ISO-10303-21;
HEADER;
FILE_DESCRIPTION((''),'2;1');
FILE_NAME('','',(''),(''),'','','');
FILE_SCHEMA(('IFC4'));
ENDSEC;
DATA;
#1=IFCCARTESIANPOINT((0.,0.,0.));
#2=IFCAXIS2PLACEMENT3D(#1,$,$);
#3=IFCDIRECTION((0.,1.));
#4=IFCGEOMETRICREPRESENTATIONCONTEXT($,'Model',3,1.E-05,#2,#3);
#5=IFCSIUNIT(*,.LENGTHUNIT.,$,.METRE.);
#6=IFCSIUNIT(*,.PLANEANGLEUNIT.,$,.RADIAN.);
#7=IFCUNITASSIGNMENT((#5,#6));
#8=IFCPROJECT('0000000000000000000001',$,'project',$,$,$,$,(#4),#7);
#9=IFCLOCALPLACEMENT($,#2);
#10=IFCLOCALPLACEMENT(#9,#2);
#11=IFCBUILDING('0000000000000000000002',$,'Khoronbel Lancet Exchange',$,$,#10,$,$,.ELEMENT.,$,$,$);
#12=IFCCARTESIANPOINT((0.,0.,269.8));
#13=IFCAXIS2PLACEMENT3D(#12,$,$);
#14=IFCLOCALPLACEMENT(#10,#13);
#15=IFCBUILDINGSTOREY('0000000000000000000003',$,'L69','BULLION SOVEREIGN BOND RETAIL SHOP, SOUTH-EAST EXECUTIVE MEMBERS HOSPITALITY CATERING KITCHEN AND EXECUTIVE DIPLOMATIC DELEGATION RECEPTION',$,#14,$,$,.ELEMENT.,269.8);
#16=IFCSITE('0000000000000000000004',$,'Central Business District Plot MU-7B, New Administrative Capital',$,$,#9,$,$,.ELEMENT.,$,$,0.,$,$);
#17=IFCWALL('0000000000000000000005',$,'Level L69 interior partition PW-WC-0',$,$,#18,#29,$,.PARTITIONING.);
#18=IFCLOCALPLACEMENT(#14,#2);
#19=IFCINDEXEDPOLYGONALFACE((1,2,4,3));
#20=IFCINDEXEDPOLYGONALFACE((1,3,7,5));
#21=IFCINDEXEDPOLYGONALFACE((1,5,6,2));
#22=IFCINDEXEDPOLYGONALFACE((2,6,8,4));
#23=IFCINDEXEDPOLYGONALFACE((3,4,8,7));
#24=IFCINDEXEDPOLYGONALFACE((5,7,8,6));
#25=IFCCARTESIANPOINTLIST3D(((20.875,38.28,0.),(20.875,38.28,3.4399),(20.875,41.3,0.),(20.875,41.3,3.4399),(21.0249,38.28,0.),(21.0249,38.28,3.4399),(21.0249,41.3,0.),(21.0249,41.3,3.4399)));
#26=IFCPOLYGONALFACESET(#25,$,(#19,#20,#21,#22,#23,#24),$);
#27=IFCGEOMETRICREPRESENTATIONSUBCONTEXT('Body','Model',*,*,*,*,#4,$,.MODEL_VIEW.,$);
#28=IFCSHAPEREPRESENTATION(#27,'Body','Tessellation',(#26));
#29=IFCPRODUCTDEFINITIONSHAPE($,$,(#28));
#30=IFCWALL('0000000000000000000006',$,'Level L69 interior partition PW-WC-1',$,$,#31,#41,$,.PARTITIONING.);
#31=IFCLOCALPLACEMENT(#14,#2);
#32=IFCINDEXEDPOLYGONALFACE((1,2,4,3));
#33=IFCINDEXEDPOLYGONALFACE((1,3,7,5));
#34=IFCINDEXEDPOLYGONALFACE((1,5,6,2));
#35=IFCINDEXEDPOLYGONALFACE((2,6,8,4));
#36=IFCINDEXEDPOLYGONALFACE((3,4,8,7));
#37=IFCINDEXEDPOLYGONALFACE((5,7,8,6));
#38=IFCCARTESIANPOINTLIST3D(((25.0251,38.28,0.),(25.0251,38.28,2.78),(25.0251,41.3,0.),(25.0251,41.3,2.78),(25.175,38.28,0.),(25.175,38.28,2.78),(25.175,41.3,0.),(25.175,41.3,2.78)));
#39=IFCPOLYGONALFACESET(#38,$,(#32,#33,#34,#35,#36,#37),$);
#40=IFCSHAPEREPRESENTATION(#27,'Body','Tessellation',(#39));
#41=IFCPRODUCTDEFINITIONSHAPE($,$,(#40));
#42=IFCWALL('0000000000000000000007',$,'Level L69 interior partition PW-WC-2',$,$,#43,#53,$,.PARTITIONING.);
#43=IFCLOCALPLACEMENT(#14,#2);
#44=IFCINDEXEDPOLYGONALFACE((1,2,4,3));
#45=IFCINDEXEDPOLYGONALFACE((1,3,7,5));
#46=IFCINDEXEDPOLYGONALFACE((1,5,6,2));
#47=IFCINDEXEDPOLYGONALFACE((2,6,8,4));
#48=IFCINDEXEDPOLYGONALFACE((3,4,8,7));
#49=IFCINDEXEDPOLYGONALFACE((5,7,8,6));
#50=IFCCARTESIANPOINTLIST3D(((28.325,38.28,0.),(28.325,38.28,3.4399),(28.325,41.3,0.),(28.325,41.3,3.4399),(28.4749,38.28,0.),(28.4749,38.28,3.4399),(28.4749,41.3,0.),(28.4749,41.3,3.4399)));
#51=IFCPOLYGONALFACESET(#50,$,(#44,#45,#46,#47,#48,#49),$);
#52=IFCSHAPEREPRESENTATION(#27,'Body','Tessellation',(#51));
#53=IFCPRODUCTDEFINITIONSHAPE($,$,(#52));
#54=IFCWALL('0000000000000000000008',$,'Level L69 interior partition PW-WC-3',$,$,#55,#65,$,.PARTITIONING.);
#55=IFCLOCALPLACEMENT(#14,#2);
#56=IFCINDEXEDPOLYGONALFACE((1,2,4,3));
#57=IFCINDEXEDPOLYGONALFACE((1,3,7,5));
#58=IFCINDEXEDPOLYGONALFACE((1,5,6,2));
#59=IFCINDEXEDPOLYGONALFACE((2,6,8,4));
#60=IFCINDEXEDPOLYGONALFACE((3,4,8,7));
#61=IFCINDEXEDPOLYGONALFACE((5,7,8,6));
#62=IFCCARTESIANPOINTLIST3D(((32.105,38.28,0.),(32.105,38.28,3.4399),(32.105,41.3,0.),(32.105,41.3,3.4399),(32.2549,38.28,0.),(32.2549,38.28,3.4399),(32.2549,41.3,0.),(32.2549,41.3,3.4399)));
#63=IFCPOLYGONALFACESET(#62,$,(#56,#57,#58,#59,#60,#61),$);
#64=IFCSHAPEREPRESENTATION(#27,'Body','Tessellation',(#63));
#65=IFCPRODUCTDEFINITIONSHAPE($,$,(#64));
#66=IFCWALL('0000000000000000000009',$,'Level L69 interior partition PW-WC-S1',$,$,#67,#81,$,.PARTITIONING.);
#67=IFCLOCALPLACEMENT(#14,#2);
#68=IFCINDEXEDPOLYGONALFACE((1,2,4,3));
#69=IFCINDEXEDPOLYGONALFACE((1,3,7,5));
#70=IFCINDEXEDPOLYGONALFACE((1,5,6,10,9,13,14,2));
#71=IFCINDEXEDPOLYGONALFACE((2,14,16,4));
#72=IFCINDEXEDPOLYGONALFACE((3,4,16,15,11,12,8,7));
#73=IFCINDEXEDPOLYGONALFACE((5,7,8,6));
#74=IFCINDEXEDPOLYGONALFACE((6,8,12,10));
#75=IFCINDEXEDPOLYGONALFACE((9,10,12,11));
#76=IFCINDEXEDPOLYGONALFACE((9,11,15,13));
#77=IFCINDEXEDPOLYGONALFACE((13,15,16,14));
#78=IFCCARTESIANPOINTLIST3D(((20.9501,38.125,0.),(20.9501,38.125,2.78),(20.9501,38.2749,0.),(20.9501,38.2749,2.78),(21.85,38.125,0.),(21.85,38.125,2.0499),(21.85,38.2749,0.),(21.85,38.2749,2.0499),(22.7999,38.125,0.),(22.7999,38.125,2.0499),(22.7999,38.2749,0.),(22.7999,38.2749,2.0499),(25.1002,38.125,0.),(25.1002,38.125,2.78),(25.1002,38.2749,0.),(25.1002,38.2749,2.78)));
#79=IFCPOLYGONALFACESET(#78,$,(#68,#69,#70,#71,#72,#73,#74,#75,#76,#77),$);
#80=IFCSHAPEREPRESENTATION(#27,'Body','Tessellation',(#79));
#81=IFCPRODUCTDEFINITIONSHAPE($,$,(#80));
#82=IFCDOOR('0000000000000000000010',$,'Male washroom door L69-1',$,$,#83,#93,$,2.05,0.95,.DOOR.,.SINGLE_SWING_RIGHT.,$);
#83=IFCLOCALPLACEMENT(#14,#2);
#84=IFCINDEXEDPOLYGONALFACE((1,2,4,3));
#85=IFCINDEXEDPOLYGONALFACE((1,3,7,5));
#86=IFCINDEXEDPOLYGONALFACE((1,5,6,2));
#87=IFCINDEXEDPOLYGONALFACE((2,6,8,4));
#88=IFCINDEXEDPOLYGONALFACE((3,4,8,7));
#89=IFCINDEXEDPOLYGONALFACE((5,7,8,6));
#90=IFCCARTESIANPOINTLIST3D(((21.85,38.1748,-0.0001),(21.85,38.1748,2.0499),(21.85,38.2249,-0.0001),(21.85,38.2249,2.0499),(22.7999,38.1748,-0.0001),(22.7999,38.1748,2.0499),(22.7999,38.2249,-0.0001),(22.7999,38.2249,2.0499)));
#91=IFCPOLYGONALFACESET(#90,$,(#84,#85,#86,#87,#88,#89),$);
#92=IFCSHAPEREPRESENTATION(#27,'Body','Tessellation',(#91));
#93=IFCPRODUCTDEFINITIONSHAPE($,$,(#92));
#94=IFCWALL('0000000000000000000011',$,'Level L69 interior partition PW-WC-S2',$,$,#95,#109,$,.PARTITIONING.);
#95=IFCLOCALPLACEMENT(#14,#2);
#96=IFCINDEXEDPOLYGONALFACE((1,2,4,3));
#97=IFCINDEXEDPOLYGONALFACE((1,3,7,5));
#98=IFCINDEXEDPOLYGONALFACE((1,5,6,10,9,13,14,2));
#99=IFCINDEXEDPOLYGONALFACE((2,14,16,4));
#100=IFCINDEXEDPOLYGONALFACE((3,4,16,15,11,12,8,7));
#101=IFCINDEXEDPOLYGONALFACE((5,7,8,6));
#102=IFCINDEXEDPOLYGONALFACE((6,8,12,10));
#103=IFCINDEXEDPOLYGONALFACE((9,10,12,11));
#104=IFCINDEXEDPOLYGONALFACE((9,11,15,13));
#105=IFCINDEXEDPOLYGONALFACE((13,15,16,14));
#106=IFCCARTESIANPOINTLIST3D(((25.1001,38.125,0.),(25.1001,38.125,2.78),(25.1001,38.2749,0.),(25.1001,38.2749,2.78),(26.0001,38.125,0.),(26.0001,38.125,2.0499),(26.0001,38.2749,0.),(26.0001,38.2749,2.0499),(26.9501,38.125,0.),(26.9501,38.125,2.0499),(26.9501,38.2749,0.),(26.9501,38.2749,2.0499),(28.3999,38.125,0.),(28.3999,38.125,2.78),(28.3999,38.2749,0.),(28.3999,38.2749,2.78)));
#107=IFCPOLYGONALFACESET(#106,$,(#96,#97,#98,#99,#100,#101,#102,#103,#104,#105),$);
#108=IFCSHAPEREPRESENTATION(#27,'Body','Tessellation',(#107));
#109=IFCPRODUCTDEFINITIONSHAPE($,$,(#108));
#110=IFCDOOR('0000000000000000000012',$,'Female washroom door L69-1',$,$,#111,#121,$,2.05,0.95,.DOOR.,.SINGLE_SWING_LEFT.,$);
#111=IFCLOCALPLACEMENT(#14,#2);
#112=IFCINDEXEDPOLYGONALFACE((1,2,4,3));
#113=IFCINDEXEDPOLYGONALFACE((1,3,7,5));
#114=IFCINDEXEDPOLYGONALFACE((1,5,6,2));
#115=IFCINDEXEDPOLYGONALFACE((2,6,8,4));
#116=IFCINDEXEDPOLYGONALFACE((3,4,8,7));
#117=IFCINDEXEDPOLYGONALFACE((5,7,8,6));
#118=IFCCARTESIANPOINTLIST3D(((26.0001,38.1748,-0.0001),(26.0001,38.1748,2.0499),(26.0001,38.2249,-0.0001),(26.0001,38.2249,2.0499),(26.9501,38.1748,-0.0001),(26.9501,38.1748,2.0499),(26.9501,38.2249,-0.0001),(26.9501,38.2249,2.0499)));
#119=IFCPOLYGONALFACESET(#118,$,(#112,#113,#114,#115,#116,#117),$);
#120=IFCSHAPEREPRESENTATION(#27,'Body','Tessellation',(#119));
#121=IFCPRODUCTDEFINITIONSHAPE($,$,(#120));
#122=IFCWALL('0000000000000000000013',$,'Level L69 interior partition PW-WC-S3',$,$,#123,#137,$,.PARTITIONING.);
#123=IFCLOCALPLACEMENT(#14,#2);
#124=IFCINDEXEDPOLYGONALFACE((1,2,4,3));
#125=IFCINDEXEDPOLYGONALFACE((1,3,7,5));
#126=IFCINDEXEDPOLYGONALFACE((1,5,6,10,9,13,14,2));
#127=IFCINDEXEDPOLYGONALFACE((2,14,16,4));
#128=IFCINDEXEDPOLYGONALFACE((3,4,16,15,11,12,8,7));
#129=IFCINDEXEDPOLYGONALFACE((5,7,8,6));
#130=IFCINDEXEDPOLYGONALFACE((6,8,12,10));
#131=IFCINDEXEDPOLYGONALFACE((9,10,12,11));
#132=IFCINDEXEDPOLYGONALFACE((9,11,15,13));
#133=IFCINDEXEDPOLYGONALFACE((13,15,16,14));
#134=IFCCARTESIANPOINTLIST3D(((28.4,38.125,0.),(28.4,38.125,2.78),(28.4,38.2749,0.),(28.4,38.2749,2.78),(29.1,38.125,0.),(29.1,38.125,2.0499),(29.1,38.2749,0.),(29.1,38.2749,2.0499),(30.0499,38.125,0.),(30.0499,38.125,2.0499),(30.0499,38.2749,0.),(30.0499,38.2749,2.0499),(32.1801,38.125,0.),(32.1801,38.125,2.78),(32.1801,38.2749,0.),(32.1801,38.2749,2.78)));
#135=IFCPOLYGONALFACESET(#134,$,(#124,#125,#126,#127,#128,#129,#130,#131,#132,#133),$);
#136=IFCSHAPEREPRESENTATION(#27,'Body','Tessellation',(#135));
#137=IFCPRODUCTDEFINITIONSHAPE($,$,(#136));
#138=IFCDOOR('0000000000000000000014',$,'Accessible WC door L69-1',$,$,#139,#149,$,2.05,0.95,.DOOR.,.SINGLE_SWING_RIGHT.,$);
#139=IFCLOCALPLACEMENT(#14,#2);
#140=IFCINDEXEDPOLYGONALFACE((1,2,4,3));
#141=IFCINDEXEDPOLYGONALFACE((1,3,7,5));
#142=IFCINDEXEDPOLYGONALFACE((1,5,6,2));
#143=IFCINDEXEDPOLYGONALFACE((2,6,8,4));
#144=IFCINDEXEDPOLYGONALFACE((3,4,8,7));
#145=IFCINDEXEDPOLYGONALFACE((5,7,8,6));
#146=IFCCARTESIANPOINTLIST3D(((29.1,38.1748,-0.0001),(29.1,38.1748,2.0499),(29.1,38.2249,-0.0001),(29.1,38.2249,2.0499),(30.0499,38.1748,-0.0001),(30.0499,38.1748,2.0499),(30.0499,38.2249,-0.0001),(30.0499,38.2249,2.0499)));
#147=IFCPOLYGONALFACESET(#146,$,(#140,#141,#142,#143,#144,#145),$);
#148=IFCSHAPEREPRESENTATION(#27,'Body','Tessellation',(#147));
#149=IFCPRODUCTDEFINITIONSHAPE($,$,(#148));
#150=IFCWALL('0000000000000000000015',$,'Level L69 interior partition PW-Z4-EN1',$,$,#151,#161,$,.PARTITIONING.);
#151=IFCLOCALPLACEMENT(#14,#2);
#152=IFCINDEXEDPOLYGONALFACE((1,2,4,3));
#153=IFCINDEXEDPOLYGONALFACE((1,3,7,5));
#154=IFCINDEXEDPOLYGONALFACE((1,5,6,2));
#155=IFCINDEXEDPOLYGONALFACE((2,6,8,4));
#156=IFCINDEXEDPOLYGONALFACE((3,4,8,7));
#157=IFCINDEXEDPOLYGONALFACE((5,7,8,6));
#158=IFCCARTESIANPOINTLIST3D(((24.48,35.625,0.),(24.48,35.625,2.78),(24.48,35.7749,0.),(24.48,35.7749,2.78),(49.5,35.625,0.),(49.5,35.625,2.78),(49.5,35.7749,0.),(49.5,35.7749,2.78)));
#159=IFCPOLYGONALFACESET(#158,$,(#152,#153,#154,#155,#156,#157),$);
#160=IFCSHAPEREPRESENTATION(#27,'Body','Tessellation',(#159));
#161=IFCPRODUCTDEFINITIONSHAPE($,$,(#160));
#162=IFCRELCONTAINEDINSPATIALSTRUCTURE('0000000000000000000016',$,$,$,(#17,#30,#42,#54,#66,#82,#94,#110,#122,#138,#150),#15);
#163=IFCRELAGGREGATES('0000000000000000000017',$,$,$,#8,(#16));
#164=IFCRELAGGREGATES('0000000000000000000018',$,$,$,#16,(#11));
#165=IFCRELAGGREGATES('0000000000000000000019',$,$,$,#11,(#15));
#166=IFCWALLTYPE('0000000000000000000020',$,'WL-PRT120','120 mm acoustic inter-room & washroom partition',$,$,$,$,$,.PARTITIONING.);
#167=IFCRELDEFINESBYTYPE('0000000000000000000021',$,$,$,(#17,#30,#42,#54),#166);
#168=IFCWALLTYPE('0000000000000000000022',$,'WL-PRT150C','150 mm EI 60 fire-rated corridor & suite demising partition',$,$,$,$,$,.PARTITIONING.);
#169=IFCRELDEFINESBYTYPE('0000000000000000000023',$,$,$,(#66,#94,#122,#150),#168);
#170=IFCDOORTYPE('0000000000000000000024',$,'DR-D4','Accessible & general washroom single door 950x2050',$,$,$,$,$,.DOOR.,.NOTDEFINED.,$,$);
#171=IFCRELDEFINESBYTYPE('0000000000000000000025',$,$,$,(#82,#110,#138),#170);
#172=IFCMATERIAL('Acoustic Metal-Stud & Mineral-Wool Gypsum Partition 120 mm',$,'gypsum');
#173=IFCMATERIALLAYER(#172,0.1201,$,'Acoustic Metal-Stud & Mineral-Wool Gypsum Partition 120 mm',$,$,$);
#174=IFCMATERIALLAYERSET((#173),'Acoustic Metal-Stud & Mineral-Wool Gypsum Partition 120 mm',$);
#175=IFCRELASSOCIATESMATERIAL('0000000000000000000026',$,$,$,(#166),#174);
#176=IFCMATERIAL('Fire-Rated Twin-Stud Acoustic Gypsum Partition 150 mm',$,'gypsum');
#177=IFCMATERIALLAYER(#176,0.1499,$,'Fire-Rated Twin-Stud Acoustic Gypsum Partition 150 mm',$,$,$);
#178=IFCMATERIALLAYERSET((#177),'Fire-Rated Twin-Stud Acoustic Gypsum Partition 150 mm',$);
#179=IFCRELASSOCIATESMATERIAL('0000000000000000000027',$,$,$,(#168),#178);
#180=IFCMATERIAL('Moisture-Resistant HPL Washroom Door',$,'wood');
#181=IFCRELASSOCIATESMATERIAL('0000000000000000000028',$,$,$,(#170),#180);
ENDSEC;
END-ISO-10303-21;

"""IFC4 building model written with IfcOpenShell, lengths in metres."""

from ifc_helpers import new_model, si_unit, direction, frame, frame_2d, origin, place, context, subcontext, project, spatial, rectangle, extrude, material, layer, layer_set, type_object, element, fill, save


model = new_model("IFC4")

# Units and contexts
model_context = context("Model", 3, precision=1e-05, world=origin(), true_north=direction((0.0, 1.0)))
body_context = subcontext(model_context, "Body", "Model", "MODEL_VIEW")
ifc_project = project(units=[si_unit("LENGTHUNIT", "METRE"), si_unit("PLANEANGLEUNIT", "RADIAN")], contexts=[model_context])

# Site, building, storey
site_placement = place(None, origin())
site = spatial("IfcSite", under=ifc_project, at=site_placement, Name="Central Business District Plot MU-7B, New Administrative Capital", CompositionType="ELEMENT", RefElevation=0.0)
building_placement = place(site_placement, origin())
building = spatial("IfcBuilding", under=site, at=building_placement, Name="Khoronbel Lancet Exchange", CompositionType="ELEMENT")
storey_placement = place(building_placement, frame((0.0, 0.0, 269.8)))
storey = spatial("IfcBuildingStorey", under=building, at=storey_placement, Name="L69", Description="BULLION SOVEREIGN BOND RETAIL SHOP, SOUTH-EAST EXECUTIVE MEMBERS HOSPITALITY CATERING KITCHEN AND EXECUTIVE DIPLOMATIC DELEGATION RECEPTION", CompositionType="ELEMENT", Elevation=269.8)

# Walls
ifc_material_1 = material(Name="Acoustic Metal-Stud & Mineral-Wool Gypsum Partition 120 mm", Category="gypsum")
ifc_layer_1 = layer(ifc_material_1, 0.1201, Name="Acoustic Metal-Stud & Mineral-Wool Gypsum Partition 120 mm")
ifc_layer_set_1 = layer_set([ifc_layer_1], Name="Acoustic Metal-Stud & Mineral-Wool Gypsum Partition 120 mm")
wall_type_1 = type_object("IfcWallType", Name="WL-PRT120", Description="120 mm acoustic inter-room & washroom partition", PredefinedType="PARTITIONING", material=ifc_layer_set_1)
wall_1_placement = place(storey_placement, frame((20.95, 38.28, 0.0), z_axis=(0.0, 0.0, 1.0), x_axis=(0.0, 1.0, 0.0)))
element("IfcWall", 1, at=wall_1_placement, inside=storey, type_object=wall_type_1, Name="Level L69 interior partition PW-WC-0", PredefinedType="PARTITIONING", context=body_context, shape_type="SweptSolid", body=[
    extrude(rectangle(XDim=3.02, YDim=0.1499, at=frame_2d((1.51, 0.0))), origin(), (0.0, 0.0, 1.0), 3.4399),
])
wall_2_placement = place(storey_placement, frame((25.1001, 38.28, 0.0), z_axis=(0.0, 0.0, 1.0), x_axis=(0.0, 1.0, 0.0)))
element("IfcWall", 2, at=wall_2_placement, inside=storey, type_object=wall_type_1, Name="Level L69 interior partition PW-WC-1", PredefinedType="PARTITIONING", context=body_context, shape_type="SweptSolid", body=[
    extrude(rectangle(XDim=3.02, YDim=0.1499, at=frame_2d((1.51, 0.0))), origin(), (0.0, 0.0, 1.0), 2.78),
])
for number, where, z_axis, x_axis, name in (
    (3, (28.3999, 38.28, 0.0), (0.0, 0.0, 1.0), (0.0, 1.0, 0.0), "Level L69 interior partition PW-WC-2"),
    (4, (32.1799, 38.28, 0.0), (0.0, 0.0, 1.0), (0.0, 1.0, 0.0), "Level L69 interior partition PW-WC-3"),
):
    element("IfcWall", number, at=place(storey_placement, frame(where, z_axis=z_axis, x_axis=x_axis)), inside=storey, type_object=wall_type_1, Name=name, PredefinedType="PARTITIONING", context=body_context, shape_type="SweptSolid", body=[
        extrude(rectangle(XDim=3.02, YDim=0.1499, at=frame_2d((1.51, 0.0))), origin(), (0.0, 0.0, 1.0), 3.4399),
    ])

# Walls, openings, doors
ifc_material_2 = material(Name="Fire-Rated Twin-Stud Acoustic Gypsum Partition 150 mm", Category="gypsum")
ifc_layer_2 = layer(ifc_material_2, 0.1499, Name="Fire-Rated Twin-Stud Acoustic Gypsum Partition 150 mm")
ifc_layer_set_2 = layer_set([ifc_layer_2], Name="Fire-Rated Twin-Stud Acoustic Gypsum Partition 150 mm")
wall_type_2 = type_object("IfcWallType", Name="WL-PRT150C", Description="150 mm EI 60 fire-rated corridor & suite demising partition", PredefinedType="PARTITIONING", material=ifc_layer_set_2)
wall_3_placement = place(storey_placement, frame((20.95, 38.2, 0.0), z_axis=(0.0, 0.0, 1.0), x_axis=(1.0, 0.0, 0.0)))
wall_3 = element("IfcWall", 5, at=wall_3_placement, inside=storey, type_object=wall_type_2, Name="Level L69 interior partition PW-WC-S1", PredefinedType="PARTITIONING", context=body_context, shape_type="SweptSolid", body=[
    extrude(rectangle(XDim=4.1501, YDim=0.1499, at=frame_2d((2.0752, 0.0))), origin(), (0.0, 0.0, 1.0), 2.78),
])
opening_1_placement = place(wall_3_placement, frame((0.8999, 0.0, 0.0)))
opening_1 = element("IfcOpeningElement", 6, at=opening_1_placement, cuts=wall_3, PredefinedType="OPENING", context=body_context, shape_type="SweptSolid", body=[
    extrude(rectangle(XDim=0.95, YDim=2.05, at=frame_2d((0.4751, 1.0249))), frame((0.0, 0.085, 0.0), z_axis=(0.0, -1.0, 0.0), x_axis=(1.0, 0.0, 0.0)), (0.0, 0.0, 1.0), 0.1699),
])
ifc_material_3 = material(Name="Moisture-Resistant HPL Washroom Door", Category="wood")
door_type_1 = type_object("IfcDoorType", Name="DR-D4", Description="Accessible & general washroom single door 950x2050", OperationType="NOTDEFINED", PredefinedType="DOOR", material=ifc_material_3)
door_1_placement = place(opening_1_placement, origin())
door_1 = element("IfcDoor", 7, at=door_1_placement, inside=storey, type_object=door_type_1, Name="Male washroom door L69-1", OperationType="SINGLE_SWING_RIGHT", OverallHeight=2.05, OverallWidth=0.95, PredefinedType="DOOR", context=body_context, shape_type="SweptSolid", body=[
    extrude(rectangle(XDim=0.95, YDim=2.05, at=frame_2d((0.4751, 1.0249))), frame((0.0, 0.0249, 0.0), z_axis=(0.0, -1.0, 0.0), x_axis=(1.0, 0.0, 0.0)), (0.0, 0.0, 1.0), 0.05),
])
fill(opening_1, door_1)
wall_4_placement = place(storey_placement, frame((25.1001, 38.2, 0.0), z_axis=(0.0, 0.0, 1.0), x_axis=(1.0, 0.0, 0.0)))
wall_4 = element("IfcWall", 8, at=wall_4_placement, inside=storey, type_object=wall_type_2, Name="Level L69 interior partition PW-WC-S2", PredefinedType="PARTITIONING", context=body_context, shape_type="SweptSolid", body=[
    extrude(rectangle(XDim=3.2998, YDim=0.1499, at=frame_2d((1.6499, 0.0))), origin(), (0.0, 0.0, 1.0), 2.78),
])
opening_2_placement = place(wall_4_placement, frame((0.8999, 0.0, 0.0)))
opening_2 = element("IfcOpeningElement", 9, at=opening_2_placement, cuts=wall_4, PredefinedType="OPENING", context=body_context, shape_type="SweptSolid", body=[
    extrude(rectangle(XDim=0.95, YDim=2.05, at=frame_2d((0.4751, 1.0249))), frame((0.0, 0.085, 0.0), z_axis=(0.0, -1.0, 0.0), x_axis=(1.0, 0.0, 0.0)), (0.0, 0.0, 1.0), 0.1699),
])
door_2_placement = place(opening_2_placement, origin())
door_2 = element("IfcDoor", 10, at=door_2_placement, inside=storey, type_object=door_type_1, Name="Female washroom door L69-1", OperationType="SINGLE_SWING_LEFT", OverallHeight=2.05, OverallWidth=0.95, PredefinedType="DOOR", context=body_context, shape_type="SweptSolid", body=[
    extrude(rectangle(XDim=0.95, YDim=2.05, at=frame_2d((0.4751, 1.0249))), frame((0.0, 0.0249, 0.0), z_axis=(0.0, -1.0, 0.0), x_axis=(1.0, 0.0, 0.0)), (0.0, 0.0, 1.0), 0.05),
])
fill(opening_2, door_2)
wall_5_placement = place(storey_placement, frame((28.3999, 38.2, 0.0), z_axis=(0.0, 0.0, 1.0), x_axis=(1.0, 0.0, 0.0)))
wall_5 = element("IfcWall", 11, at=wall_5_placement, inside=storey, type_object=wall_type_2, Name="Level L69 interior partition PW-WC-S3", PredefinedType="PARTITIONING", context=body_context, shape_type="SweptSolid", body=[
    extrude(rectangle(XDim=3.78, YDim=0.1499, at=frame_2d((1.8901, 0.0))), origin(), (0.0, 0.0, 1.0), 2.78),
])
opening_3_placement = place(wall_5_placement, frame((0.7, 0.0, 0.0)))
opening_3 = element("IfcOpeningElement", 12, at=opening_3_placement, cuts=wall_5, PredefinedType="OPENING", context=body_context, shape_type="SweptSolid", body=[
    extrude(rectangle(XDim=0.95, YDim=2.05, at=frame_2d((0.4751, 1.0249))), frame((0.0, 0.085, 0.0), z_axis=(0.0, -1.0, 0.0), x_axis=(1.0, 0.0, 0.0)), (0.0, 0.0, 1.0), 0.1699),
])
door_3_placement = place(opening_3_placement, origin())
door_3 = element("IfcDoor", 13, at=door_3_placement, inside=storey, type_object=door_type_1, Name="Accessible WC door L69-1", OperationType="SINGLE_SWING_RIGHT", OverallHeight=2.05, OverallWidth=0.95, PredefinedType="DOOR", context=body_context, shape_type="SweptSolid", body=[
    extrude(rectangle(XDim=0.95, YDim=2.05, at=frame_2d((0.4751, 1.0249))), frame((0.0, 0.0249, 0.0), z_axis=(0.0, -1.0, 0.0), x_axis=(1.0, 0.0, 0.0)), (0.0, 0.0, 1.0), 0.05),
])
fill(opening_3, door_3)

# Wall
wall_6_placement = place(storey_placement, frame((24.48, 35.7, 0.0), z_axis=(0.0, 0.0, 1.0), x_axis=(1.0, 0.0, 0.0)))
element("IfcWall", 14, at=wall_6_placement, inside=storey, type_object=wall_type_2, Name="Level L69 interior partition PW-Z4-EN1", PredefinedType="PARTITIONING", context=body_context, shape_type="SweptSolid", body=[
    extrude(rectangle(XDim=25.02, YDim=0.1499, at=frame_2d((12.51, 0.0))), origin(), (0.0, 0.0, 1.0), 2.78),
])

save(model, "model.ifc")
